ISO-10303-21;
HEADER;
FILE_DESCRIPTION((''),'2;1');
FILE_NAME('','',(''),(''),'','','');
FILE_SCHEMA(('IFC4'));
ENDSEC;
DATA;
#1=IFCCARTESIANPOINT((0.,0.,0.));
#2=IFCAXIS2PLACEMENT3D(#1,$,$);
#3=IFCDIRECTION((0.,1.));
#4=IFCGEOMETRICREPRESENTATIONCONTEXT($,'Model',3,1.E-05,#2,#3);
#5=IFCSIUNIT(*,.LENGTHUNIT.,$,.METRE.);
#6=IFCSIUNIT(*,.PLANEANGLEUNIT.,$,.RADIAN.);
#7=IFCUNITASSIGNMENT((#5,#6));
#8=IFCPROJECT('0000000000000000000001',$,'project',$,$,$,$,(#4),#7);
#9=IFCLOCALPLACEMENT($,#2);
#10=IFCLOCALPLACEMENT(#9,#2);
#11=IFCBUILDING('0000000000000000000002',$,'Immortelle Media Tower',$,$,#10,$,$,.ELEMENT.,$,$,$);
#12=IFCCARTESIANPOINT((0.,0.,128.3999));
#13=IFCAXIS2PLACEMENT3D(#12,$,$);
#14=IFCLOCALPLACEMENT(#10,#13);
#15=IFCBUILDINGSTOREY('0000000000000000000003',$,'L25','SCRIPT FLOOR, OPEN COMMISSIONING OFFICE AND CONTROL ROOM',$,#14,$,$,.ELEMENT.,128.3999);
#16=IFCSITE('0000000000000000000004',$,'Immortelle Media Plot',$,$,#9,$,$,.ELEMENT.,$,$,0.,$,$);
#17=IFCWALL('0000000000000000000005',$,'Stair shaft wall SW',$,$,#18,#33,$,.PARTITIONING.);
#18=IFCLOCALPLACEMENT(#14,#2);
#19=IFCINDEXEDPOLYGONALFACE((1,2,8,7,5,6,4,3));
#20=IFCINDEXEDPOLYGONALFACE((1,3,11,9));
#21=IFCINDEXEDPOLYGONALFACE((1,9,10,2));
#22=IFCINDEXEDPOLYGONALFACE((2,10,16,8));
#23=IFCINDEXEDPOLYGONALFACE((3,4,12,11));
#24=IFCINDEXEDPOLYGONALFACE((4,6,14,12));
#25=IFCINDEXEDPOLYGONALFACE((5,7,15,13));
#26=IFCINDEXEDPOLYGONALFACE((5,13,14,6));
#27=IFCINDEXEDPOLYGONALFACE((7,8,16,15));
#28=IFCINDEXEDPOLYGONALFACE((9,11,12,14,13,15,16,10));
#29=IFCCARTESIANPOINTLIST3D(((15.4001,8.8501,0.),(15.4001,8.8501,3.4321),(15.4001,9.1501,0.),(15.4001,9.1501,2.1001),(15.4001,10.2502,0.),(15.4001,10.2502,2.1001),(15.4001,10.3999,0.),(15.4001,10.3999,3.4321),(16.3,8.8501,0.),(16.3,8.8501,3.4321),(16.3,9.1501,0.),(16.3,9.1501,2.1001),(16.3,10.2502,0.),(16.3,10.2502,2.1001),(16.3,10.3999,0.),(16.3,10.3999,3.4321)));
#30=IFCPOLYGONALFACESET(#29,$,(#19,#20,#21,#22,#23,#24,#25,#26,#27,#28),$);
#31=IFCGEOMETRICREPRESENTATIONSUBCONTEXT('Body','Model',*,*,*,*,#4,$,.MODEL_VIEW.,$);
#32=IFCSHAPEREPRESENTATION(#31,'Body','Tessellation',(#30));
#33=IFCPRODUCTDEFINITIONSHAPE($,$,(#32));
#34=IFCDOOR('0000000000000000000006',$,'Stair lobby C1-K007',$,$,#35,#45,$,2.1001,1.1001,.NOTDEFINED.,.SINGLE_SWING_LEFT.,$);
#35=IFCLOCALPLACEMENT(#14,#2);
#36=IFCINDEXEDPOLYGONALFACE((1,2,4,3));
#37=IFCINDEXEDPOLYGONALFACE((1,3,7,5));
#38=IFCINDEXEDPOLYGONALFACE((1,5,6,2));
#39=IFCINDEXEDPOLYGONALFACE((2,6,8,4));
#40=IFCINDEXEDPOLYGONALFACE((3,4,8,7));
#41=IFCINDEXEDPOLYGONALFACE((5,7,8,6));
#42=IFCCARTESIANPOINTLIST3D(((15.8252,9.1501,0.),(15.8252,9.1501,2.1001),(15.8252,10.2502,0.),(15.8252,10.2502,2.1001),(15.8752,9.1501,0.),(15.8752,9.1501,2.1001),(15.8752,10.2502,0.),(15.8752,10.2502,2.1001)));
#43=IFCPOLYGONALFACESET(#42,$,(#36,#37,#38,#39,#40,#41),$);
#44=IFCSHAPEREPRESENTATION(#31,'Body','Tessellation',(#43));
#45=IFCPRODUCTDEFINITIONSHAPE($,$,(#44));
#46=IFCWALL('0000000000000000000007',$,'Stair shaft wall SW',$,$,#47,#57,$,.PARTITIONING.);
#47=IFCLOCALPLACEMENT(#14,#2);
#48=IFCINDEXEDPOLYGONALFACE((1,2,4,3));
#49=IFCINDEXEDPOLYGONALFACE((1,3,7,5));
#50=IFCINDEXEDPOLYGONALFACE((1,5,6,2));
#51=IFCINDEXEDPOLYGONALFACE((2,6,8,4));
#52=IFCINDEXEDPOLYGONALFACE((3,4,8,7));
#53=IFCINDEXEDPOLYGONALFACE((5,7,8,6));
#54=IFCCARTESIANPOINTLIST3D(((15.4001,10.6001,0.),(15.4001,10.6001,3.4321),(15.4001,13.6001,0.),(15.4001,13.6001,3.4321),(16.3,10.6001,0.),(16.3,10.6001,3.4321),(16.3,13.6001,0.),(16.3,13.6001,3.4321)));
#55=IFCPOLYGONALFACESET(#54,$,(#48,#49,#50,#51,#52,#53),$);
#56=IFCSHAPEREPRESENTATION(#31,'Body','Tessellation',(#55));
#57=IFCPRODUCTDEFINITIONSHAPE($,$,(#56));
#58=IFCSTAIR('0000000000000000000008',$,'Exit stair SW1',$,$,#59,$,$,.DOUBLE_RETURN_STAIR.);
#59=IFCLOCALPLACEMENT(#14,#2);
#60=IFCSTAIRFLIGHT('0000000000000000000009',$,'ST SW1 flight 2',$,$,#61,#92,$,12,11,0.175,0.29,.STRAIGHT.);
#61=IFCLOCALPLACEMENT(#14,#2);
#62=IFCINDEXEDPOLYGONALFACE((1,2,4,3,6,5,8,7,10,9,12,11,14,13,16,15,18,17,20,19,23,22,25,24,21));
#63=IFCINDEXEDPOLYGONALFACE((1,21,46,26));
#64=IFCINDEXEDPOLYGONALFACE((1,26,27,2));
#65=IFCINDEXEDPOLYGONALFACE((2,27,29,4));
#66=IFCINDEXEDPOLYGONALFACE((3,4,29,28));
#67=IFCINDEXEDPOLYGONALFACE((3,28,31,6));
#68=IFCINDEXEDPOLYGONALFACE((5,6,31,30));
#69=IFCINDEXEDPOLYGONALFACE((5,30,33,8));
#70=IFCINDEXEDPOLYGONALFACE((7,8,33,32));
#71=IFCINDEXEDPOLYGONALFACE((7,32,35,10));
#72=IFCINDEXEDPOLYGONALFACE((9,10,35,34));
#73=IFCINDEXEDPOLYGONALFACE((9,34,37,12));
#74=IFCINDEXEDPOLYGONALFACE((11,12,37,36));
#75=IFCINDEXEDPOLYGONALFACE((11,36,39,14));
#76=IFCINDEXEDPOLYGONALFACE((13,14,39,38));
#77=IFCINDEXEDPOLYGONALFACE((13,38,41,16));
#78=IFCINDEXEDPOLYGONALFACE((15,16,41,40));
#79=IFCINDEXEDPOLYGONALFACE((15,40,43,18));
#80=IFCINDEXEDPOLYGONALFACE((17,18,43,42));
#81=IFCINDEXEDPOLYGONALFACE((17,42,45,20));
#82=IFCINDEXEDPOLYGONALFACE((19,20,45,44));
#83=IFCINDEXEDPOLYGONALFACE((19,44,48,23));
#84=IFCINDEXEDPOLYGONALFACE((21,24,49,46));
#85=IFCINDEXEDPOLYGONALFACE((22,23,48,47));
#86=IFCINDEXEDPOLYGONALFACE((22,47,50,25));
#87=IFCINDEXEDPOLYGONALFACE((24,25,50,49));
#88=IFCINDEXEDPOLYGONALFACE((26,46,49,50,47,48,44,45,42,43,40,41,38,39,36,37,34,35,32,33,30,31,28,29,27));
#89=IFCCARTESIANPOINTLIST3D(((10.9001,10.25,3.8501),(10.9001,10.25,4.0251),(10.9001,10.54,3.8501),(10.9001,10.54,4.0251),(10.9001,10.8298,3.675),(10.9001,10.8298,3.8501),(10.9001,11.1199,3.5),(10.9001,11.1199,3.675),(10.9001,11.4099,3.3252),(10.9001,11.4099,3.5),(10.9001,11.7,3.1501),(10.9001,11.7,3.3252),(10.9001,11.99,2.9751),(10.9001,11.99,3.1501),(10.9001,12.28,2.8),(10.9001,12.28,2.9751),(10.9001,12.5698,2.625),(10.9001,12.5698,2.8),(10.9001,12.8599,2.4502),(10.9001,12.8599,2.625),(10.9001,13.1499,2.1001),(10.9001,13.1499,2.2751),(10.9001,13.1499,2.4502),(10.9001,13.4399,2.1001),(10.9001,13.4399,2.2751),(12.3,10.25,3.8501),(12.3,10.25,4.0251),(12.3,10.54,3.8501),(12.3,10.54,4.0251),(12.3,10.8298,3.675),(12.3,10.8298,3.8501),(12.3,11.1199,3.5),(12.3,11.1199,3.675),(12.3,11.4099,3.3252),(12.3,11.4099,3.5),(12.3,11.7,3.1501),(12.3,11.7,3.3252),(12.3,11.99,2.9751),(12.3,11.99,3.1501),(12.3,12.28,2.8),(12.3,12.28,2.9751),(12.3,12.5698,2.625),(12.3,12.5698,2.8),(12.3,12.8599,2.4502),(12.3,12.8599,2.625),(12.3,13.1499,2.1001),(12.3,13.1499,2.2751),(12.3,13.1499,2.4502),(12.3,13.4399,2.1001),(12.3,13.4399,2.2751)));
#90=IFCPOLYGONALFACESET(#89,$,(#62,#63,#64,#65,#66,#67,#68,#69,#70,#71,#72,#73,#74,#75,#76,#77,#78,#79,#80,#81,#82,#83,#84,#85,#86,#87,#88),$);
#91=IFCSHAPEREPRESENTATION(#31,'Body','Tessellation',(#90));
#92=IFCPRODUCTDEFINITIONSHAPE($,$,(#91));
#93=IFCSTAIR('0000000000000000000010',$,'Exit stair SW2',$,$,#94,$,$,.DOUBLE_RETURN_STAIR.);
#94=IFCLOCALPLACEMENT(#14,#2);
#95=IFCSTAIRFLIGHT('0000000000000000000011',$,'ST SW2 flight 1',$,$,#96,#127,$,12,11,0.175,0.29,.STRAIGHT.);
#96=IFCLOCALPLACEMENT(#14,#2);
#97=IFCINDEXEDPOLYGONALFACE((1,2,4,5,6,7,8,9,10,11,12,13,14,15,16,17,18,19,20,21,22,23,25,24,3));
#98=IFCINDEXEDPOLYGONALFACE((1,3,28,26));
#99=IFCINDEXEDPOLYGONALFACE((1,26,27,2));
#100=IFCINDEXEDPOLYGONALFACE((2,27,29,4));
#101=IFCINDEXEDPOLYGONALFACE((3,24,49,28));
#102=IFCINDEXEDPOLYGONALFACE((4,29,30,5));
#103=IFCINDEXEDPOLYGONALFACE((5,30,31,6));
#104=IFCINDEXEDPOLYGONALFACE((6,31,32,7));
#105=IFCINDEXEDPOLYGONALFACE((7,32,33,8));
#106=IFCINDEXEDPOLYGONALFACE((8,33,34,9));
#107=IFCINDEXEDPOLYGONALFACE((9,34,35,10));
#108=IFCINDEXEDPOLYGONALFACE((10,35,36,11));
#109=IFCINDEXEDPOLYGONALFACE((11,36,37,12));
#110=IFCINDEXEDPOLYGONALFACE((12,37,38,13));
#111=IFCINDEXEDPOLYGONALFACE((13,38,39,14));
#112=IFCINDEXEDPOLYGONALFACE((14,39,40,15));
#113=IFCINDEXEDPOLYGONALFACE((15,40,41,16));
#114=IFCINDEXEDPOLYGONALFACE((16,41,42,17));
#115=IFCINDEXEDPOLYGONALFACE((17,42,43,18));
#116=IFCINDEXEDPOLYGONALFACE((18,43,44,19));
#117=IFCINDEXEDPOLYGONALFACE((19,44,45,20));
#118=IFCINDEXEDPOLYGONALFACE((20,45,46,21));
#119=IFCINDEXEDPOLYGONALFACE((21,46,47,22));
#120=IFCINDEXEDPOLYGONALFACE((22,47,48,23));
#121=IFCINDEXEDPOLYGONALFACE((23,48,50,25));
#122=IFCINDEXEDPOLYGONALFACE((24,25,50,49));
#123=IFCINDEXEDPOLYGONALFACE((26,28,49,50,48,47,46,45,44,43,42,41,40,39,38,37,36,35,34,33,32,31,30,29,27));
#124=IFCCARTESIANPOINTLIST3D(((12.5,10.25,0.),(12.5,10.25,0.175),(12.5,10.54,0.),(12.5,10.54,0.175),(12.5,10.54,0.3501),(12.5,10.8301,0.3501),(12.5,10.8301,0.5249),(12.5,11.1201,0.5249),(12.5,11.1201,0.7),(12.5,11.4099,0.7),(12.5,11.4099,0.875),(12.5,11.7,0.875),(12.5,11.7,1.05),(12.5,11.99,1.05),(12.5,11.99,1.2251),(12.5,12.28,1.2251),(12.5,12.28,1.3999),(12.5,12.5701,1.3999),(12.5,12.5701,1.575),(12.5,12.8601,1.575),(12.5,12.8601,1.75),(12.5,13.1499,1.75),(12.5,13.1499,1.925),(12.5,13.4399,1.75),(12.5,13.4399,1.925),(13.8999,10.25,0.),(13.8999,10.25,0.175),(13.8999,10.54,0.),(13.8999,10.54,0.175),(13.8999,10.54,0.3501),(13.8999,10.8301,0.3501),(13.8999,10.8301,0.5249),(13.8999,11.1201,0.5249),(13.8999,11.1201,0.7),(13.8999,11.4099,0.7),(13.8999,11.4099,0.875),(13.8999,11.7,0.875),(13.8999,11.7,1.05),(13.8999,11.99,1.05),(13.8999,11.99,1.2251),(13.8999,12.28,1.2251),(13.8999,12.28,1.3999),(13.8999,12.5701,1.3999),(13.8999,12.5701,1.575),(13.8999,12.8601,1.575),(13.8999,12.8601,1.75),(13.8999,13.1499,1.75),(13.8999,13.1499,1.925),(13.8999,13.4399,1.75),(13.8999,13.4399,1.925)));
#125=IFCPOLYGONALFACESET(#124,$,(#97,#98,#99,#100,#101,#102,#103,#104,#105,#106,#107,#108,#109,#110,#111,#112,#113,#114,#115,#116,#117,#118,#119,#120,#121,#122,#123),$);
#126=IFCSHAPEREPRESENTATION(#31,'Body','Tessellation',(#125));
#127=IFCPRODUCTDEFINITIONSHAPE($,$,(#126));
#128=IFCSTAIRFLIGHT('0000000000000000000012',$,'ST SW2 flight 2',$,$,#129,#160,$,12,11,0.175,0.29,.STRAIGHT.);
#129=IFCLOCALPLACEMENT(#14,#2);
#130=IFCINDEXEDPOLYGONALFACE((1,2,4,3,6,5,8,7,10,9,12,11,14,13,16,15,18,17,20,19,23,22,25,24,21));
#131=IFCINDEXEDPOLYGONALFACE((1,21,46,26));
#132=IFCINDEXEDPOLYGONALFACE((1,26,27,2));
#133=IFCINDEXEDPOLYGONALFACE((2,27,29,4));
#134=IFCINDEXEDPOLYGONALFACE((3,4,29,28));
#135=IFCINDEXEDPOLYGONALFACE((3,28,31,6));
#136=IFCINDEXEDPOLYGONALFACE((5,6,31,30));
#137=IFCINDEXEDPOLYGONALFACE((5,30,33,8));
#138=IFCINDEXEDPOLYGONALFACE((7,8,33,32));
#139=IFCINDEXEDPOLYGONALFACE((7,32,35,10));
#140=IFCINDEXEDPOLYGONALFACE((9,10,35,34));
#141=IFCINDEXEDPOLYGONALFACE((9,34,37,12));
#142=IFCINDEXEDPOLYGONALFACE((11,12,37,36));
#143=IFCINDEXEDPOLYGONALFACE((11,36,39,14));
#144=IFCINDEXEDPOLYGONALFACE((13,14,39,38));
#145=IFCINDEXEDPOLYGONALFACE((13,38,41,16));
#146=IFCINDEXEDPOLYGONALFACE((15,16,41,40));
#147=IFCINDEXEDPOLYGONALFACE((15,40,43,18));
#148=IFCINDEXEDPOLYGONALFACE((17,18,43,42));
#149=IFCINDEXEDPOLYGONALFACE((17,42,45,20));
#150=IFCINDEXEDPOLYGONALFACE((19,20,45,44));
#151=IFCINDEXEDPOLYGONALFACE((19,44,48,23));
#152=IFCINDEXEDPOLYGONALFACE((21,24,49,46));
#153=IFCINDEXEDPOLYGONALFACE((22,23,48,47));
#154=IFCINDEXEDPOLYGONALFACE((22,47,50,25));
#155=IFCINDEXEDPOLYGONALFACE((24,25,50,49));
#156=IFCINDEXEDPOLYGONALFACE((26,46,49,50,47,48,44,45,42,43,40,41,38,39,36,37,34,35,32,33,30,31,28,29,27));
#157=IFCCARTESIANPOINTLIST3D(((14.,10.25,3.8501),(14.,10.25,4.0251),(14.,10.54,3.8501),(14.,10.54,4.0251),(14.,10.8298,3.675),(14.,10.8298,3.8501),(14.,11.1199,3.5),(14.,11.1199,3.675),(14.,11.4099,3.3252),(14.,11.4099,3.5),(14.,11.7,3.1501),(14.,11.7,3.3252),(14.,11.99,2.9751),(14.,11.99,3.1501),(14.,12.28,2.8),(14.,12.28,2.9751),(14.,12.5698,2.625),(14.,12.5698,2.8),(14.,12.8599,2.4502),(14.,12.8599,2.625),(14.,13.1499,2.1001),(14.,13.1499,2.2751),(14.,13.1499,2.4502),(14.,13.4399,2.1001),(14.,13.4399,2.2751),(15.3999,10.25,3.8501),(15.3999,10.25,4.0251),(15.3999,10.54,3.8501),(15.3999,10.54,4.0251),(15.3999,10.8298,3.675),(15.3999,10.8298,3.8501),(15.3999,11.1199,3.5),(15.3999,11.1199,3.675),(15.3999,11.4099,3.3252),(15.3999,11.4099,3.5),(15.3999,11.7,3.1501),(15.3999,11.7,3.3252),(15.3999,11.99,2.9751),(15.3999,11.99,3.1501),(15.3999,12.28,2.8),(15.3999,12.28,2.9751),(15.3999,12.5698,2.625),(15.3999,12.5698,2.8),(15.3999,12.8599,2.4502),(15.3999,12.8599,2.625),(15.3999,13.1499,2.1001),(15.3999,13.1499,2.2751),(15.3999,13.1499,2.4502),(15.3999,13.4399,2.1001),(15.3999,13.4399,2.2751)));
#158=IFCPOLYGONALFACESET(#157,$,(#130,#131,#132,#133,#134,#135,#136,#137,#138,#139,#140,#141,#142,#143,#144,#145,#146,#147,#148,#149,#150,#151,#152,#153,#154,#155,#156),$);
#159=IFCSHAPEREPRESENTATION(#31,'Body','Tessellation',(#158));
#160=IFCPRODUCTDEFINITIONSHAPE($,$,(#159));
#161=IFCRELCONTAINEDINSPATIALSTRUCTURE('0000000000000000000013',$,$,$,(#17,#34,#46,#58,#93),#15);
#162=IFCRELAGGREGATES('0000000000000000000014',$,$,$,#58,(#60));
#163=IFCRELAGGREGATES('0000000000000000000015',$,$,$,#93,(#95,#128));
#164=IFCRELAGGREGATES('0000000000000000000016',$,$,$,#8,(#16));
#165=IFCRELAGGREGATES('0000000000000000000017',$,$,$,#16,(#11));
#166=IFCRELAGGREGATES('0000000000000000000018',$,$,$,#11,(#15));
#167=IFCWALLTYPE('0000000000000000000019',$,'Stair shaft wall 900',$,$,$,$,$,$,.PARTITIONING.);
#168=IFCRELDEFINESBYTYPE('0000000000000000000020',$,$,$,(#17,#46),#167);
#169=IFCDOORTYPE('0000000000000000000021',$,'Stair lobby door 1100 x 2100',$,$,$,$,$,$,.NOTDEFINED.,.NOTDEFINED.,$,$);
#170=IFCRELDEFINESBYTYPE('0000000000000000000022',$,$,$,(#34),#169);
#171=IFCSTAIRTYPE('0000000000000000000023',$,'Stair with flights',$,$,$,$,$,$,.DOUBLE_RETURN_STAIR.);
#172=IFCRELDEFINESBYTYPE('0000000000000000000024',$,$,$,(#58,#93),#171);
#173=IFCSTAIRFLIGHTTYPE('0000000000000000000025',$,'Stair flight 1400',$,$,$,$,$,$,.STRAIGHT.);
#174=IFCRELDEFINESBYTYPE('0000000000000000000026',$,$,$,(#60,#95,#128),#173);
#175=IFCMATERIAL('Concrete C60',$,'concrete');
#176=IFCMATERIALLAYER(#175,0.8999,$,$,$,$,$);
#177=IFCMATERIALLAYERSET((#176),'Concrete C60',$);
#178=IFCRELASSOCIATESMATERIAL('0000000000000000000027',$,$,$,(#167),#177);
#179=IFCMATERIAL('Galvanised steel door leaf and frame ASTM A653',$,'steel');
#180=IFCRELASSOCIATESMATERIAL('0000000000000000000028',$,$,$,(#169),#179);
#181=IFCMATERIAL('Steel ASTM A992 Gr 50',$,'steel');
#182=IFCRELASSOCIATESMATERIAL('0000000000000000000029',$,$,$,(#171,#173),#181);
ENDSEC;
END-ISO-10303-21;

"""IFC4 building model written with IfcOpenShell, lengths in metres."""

from ifc_helpers import new_model, si_unit, direction, frame, frame_2d, origin, place, context, subcontext, project, spatial, polyline, rectangle, outline, extrude, material, layer, layer_set, type_object, element, fill, aggregate, save


model = new_model("IFC4")

# Units and contexts
model_context = context("Model", 3, precision=1e-05, world=origin(), true_north=direction((0.0, 1.0)))
body_context = subcontext(model_context, "Body", "Model", "MODEL_VIEW")
ifc_project = project(units=[si_unit("LENGTHUNIT", "METRE"), si_unit("PLANEANGLEUNIT", "RADIAN")], contexts=[model_context])

# Site, building, storey
site_placement = place(None, origin())
site = spatial("IfcSite", under=ifc_project, at=site_placement, Name="Immortelle Media Plot", CompositionType="ELEMENT", RefElevation=0.0)
building_placement = place(site_placement, origin())
building = spatial("IfcBuilding", under=site, at=building_placement, Name="Immortelle Media Tower", CompositionType="ELEMENT")
storey_placement = place(building_placement, frame((0.0, 0.0, 128.3999)))
storey = spatial("IfcBuildingStorey", under=building, at=storey_placement, Name="L25", Description="SCRIPT FLOOR, OPEN COMMISSIONING OFFICE AND CONTROL ROOM", CompositionType="ELEMENT", Elevation=128.3999)

# Shared definitions
ifc_material_1 = material(Name="Steel ASTM A992 Gr 50", Category="steel")

# Shared definitions
ifc_material_2 = material(Name="Concrete C60", Category="concrete")

# Wall, opening, door
ifc_layer_1 = layer(ifc_material_2, 0.8999)
ifc_layer_set_1 = layer_set([ifc_layer_1], Name="Concrete C60")
wall_type_1 = type_object("IfcWallType", Name="Stair shaft wall 900", PredefinedType="PARTITIONING", material=ifc_layer_set_1)
wall_1_placement = place(storey_placement, frame((15.8501, 8.8501, 0.0), z_axis=(0.0, 0.0, 1.0), x_axis=(0.0, 1.0, 0.0)))
wall_1 = element("IfcWall", 1, at=wall_1_placement, inside=storey, type_object=wall_type_1, Name="Stair shaft wall SW", PredefinedType="PARTITIONING", context=body_context, shape_type="SweptSolid", body=[
    extrude(rectangle(XDim=1.5498, YDim=0.8999, at=frame_2d((0.7749, 0.0))), origin(), (0.0, 0.0, 1.0), 3.4321),
])
opening_1_placement = place(wall_1_placement, frame((0.3, 0.0, 0.0)))
opening_1 = element("IfcOpeningElement", 2, at=opening_1_placement, cuts=wall_1, PredefinedType="OPENING", context=body_context, shape_type="SweptSolid", body=[
    extrude(rectangle(XDim=1.1001, YDim=2.1001, at=frame_2d((0.55, 1.05))), frame((0.0, 0.46, 0.0), z_axis=(0.0, -1.0, 0.0), x_axis=(1.0, 0.0, 0.0)), (0.0, 0.0, 1.0), 0.9199),
])
ifc_material_3 = material(Name="Galvanised steel door leaf and frame ASTM A653", Category="steel")
door_type_1 = type_object("IfcDoorType", Name="Stair lobby door 1100 x 2100", OperationType="NOTDEFINED", PredefinedType="NOTDEFINED", material=ifc_material_3)
door_1_placement = place(opening_1_placement, origin())
door_1 = element("IfcDoor", 3, at=door_1_placement, inside=storey, type_object=door_type_1, Name="Stair lobby C1-K007", OperationType="SINGLE_SWING_LEFT", OverallHeight=2.1001, OverallWidth=1.1001, PredefinedType="NOTDEFINED", context=body_context, shape_type="SweptSolid", body=[
    extrude(rectangle(XDim=1.1001, YDim=2.1001, at=frame_2d((0.55, 1.05))), frame((0.0, 0.0249, 0.0), z_axis=(0.0, -1.0, 0.0), x_axis=(1.0, 0.0, 0.0)), (0.0, 0.0, 1.0), 0.05),
])
fill(opening_1, door_1)

# Wall
wall_2_placement = place(storey_placement, frame((15.8501, 10.6001, 0.0), z_axis=(0.0, 0.0, 1.0), x_axis=(0.0, 1.0, 0.0)))
element("IfcWall", 4, at=wall_2_placement, inside=storey, type_object=wall_type_1, Name="Stair shaft wall SW", PredefinedType="PARTITIONING", context=body_context, shape_type="SweptSolid", body=[
    extrude(rectangle(XDim=3.0, YDim=0.8999, at=frame_2d((1.5, 0.0))), origin(), (0.0, 0.0, 1.0), 3.4321),
])

# Stair, stair flight
stair_type = type_object("IfcStairType", Name="Stair with flights", PredefinedType="DOUBLE_RETURN_STAIR", material=ifc_material_1)
stair_1_placement = place(storey_placement, origin())
stair_1 = element("IfcStair", 5, at=stair_1_placement, inside=storey, type_object=stair_type, Name="Exit stair SW1", PredefinedType="DOUBLE_RETURN_STAIR")
stair_flight_type = type_object("IfcStairFlightType", Name="Stair flight 1400", PredefinedType="STRAIGHT", material=ifc_material_1)
stair_flight_1_placement = place(storey_placement, frame((11.6001, 13.4399, 2.1001), z_axis=(0.0, 0.0, 1.0), x_axis=(0.0, -1.0, 0.0)))
stair_flight_1 = element("IfcStairFlight", 6, at=stair_flight_1_placement, type_object=stair_flight_type, Name="ST SW1 flight 2", NumberOfRisers=12, NumberOfTreads=11, PredefinedType="STRAIGHT", RiserHeight=0.175, TreadLength=0.29, context=body_context, shape_type="SweptSolid", body=[
    extrude(outline(polyline([(0.0, 0.0), (0.0, 0.175), (0.29, 0.175), (0.29, 0.3501), (0.5801, 0.3501), (0.5801, 0.5249), (0.8701, 0.5249), (0.8701, 0.7), (1.1599, 0.7), (1.1599, 0.875), (1.45, 0.875), (1.45, 1.05), (1.74, 1.05), (1.74, 1.2251), (2.03, 1.2251), (2.03, 1.3999), (2.3201, 1.3999), (2.3201, 1.575), (2.6101, 1.575), (2.6101, 1.75), (2.8999, 1.75), (2.8999, 1.925), (3.1899, 1.925), (3.1899, 2.1001), (3.1899, 1.75), (0.29, 0.0), (0.0, 0.0)])), frame((0.0, 0.7, 0.0), z_axis=(0.0, -1.0, 0.0), x_axis=(1.0, 0.0, 0.0)), (0.0, 0.0, 1.0), 1.3999),
])
aggregate(stair_1, [stair_flight_1])

# Stair, stair flights
stair_2_placement = place(storey_placement, origin())
stair_2 = element("IfcStair", 7, at=stair_2_placement, inside=storey, type_object=stair_type, Name="Exit stair SW2", PredefinedType="DOUBLE_RETURN_STAIR")
stair_flight_2_placement = place(storey_placement, frame((13.2, 10.25, 0.0), z_axis=(0.0, 0.0, 1.0), x_axis=(0.0, 1.0, 0.0)))
stair_flight_2 = element("IfcStairFlight", 8, at=stair_flight_2_placement, type_object=stair_flight_type, Name="ST SW2 flight 1", NumberOfRisers=12, NumberOfTreads=11, PredefinedType="STRAIGHT", RiserHeight=0.175, TreadLength=0.29, context=body_context, shape_type="SweptSolid", body=[
    extrude(outline(polyline([(0.0, 0.0), (0.0, 0.175), (0.29, 0.175), (0.29, 0.3501), (0.5801, 0.3501), (0.5801, 0.5249), (0.8701, 0.5249), (0.8701, 0.7), (1.1599, 0.7), (1.1599, 0.875), (1.45, 0.875), (1.45, 1.05), (1.74, 1.05), (1.74, 1.2251), (2.03, 1.2251), (2.03, 1.3999), (2.3201, 1.3999), (2.3201, 1.575), (2.6101, 1.575), (2.6101, 1.75), (2.8999, 1.75), (2.8999, 1.925), (3.1899, 1.925), (3.1899, 2.1001), (3.1899, 1.75), (0.29, 0.0), (0.0, 0.0)])), frame((0.0, 0.7, 0.0), z_axis=(0.0, -1.0, 0.0), x_axis=(1.0, 0.0, 0.0)), (0.0, 0.0, 1.0), 1.3999),
])
stair_flight_3_placement = place(storey_placement, frame((14.7, 13.4399, 2.1001), z_axis=(0.0, 0.0, 1.0), x_axis=(0.0, -1.0, 0.0)))
stair_flight_3 = element("IfcStairFlight", 9, at=stair_flight_3_placement, type_object=stair_flight_type, Name="ST SW2 flight 2", NumberOfRisers=12, NumberOfTreads=11, PredefinedType="STRAIGHT", RiserHeight=0.175, TreadLength=0.29, context=body_context, shape_type="SweptSolid", body=[
    extrude(outline(polyline([(0.0, 0.0), (0.0, 0.175), (0.29, 0.175), (0.29, 0.3501), (0.5801, 0.3501), (0.5801, 0.5249), (0.8701, 0.5249), (0.8701, 0.7), (1.1599, 0.7), (1.1599, 0.875), (1.45, 0.875), (1.45, 1.05), (1.74, 1.05), (1.74, 1.2251), (2.03, 1.2251), (2.03, 1.3999), (2.3201, 1.3999), (2.3201, 1.575), (2.6101, 1.575), (2.6101, 1.75), (2.8999, 1.75), (2.8999, 1.925), (3.1899, 1.925), (3.1899, 2.1001), (3.1899, 1.75), (0.29, 0.0), (0.0, 0.0)])), frame((0.0, 0.7, 0.0), z_axis=(0.0, -1.0, 0.0), x_axis=(1.0, 0.0, 0.0)), (0.0, 0.0, 1.0), 1.3999),
])
aggregate(stair_2, [stair_flight_2, stair_flight_3])

save(model, "model.ifc")
